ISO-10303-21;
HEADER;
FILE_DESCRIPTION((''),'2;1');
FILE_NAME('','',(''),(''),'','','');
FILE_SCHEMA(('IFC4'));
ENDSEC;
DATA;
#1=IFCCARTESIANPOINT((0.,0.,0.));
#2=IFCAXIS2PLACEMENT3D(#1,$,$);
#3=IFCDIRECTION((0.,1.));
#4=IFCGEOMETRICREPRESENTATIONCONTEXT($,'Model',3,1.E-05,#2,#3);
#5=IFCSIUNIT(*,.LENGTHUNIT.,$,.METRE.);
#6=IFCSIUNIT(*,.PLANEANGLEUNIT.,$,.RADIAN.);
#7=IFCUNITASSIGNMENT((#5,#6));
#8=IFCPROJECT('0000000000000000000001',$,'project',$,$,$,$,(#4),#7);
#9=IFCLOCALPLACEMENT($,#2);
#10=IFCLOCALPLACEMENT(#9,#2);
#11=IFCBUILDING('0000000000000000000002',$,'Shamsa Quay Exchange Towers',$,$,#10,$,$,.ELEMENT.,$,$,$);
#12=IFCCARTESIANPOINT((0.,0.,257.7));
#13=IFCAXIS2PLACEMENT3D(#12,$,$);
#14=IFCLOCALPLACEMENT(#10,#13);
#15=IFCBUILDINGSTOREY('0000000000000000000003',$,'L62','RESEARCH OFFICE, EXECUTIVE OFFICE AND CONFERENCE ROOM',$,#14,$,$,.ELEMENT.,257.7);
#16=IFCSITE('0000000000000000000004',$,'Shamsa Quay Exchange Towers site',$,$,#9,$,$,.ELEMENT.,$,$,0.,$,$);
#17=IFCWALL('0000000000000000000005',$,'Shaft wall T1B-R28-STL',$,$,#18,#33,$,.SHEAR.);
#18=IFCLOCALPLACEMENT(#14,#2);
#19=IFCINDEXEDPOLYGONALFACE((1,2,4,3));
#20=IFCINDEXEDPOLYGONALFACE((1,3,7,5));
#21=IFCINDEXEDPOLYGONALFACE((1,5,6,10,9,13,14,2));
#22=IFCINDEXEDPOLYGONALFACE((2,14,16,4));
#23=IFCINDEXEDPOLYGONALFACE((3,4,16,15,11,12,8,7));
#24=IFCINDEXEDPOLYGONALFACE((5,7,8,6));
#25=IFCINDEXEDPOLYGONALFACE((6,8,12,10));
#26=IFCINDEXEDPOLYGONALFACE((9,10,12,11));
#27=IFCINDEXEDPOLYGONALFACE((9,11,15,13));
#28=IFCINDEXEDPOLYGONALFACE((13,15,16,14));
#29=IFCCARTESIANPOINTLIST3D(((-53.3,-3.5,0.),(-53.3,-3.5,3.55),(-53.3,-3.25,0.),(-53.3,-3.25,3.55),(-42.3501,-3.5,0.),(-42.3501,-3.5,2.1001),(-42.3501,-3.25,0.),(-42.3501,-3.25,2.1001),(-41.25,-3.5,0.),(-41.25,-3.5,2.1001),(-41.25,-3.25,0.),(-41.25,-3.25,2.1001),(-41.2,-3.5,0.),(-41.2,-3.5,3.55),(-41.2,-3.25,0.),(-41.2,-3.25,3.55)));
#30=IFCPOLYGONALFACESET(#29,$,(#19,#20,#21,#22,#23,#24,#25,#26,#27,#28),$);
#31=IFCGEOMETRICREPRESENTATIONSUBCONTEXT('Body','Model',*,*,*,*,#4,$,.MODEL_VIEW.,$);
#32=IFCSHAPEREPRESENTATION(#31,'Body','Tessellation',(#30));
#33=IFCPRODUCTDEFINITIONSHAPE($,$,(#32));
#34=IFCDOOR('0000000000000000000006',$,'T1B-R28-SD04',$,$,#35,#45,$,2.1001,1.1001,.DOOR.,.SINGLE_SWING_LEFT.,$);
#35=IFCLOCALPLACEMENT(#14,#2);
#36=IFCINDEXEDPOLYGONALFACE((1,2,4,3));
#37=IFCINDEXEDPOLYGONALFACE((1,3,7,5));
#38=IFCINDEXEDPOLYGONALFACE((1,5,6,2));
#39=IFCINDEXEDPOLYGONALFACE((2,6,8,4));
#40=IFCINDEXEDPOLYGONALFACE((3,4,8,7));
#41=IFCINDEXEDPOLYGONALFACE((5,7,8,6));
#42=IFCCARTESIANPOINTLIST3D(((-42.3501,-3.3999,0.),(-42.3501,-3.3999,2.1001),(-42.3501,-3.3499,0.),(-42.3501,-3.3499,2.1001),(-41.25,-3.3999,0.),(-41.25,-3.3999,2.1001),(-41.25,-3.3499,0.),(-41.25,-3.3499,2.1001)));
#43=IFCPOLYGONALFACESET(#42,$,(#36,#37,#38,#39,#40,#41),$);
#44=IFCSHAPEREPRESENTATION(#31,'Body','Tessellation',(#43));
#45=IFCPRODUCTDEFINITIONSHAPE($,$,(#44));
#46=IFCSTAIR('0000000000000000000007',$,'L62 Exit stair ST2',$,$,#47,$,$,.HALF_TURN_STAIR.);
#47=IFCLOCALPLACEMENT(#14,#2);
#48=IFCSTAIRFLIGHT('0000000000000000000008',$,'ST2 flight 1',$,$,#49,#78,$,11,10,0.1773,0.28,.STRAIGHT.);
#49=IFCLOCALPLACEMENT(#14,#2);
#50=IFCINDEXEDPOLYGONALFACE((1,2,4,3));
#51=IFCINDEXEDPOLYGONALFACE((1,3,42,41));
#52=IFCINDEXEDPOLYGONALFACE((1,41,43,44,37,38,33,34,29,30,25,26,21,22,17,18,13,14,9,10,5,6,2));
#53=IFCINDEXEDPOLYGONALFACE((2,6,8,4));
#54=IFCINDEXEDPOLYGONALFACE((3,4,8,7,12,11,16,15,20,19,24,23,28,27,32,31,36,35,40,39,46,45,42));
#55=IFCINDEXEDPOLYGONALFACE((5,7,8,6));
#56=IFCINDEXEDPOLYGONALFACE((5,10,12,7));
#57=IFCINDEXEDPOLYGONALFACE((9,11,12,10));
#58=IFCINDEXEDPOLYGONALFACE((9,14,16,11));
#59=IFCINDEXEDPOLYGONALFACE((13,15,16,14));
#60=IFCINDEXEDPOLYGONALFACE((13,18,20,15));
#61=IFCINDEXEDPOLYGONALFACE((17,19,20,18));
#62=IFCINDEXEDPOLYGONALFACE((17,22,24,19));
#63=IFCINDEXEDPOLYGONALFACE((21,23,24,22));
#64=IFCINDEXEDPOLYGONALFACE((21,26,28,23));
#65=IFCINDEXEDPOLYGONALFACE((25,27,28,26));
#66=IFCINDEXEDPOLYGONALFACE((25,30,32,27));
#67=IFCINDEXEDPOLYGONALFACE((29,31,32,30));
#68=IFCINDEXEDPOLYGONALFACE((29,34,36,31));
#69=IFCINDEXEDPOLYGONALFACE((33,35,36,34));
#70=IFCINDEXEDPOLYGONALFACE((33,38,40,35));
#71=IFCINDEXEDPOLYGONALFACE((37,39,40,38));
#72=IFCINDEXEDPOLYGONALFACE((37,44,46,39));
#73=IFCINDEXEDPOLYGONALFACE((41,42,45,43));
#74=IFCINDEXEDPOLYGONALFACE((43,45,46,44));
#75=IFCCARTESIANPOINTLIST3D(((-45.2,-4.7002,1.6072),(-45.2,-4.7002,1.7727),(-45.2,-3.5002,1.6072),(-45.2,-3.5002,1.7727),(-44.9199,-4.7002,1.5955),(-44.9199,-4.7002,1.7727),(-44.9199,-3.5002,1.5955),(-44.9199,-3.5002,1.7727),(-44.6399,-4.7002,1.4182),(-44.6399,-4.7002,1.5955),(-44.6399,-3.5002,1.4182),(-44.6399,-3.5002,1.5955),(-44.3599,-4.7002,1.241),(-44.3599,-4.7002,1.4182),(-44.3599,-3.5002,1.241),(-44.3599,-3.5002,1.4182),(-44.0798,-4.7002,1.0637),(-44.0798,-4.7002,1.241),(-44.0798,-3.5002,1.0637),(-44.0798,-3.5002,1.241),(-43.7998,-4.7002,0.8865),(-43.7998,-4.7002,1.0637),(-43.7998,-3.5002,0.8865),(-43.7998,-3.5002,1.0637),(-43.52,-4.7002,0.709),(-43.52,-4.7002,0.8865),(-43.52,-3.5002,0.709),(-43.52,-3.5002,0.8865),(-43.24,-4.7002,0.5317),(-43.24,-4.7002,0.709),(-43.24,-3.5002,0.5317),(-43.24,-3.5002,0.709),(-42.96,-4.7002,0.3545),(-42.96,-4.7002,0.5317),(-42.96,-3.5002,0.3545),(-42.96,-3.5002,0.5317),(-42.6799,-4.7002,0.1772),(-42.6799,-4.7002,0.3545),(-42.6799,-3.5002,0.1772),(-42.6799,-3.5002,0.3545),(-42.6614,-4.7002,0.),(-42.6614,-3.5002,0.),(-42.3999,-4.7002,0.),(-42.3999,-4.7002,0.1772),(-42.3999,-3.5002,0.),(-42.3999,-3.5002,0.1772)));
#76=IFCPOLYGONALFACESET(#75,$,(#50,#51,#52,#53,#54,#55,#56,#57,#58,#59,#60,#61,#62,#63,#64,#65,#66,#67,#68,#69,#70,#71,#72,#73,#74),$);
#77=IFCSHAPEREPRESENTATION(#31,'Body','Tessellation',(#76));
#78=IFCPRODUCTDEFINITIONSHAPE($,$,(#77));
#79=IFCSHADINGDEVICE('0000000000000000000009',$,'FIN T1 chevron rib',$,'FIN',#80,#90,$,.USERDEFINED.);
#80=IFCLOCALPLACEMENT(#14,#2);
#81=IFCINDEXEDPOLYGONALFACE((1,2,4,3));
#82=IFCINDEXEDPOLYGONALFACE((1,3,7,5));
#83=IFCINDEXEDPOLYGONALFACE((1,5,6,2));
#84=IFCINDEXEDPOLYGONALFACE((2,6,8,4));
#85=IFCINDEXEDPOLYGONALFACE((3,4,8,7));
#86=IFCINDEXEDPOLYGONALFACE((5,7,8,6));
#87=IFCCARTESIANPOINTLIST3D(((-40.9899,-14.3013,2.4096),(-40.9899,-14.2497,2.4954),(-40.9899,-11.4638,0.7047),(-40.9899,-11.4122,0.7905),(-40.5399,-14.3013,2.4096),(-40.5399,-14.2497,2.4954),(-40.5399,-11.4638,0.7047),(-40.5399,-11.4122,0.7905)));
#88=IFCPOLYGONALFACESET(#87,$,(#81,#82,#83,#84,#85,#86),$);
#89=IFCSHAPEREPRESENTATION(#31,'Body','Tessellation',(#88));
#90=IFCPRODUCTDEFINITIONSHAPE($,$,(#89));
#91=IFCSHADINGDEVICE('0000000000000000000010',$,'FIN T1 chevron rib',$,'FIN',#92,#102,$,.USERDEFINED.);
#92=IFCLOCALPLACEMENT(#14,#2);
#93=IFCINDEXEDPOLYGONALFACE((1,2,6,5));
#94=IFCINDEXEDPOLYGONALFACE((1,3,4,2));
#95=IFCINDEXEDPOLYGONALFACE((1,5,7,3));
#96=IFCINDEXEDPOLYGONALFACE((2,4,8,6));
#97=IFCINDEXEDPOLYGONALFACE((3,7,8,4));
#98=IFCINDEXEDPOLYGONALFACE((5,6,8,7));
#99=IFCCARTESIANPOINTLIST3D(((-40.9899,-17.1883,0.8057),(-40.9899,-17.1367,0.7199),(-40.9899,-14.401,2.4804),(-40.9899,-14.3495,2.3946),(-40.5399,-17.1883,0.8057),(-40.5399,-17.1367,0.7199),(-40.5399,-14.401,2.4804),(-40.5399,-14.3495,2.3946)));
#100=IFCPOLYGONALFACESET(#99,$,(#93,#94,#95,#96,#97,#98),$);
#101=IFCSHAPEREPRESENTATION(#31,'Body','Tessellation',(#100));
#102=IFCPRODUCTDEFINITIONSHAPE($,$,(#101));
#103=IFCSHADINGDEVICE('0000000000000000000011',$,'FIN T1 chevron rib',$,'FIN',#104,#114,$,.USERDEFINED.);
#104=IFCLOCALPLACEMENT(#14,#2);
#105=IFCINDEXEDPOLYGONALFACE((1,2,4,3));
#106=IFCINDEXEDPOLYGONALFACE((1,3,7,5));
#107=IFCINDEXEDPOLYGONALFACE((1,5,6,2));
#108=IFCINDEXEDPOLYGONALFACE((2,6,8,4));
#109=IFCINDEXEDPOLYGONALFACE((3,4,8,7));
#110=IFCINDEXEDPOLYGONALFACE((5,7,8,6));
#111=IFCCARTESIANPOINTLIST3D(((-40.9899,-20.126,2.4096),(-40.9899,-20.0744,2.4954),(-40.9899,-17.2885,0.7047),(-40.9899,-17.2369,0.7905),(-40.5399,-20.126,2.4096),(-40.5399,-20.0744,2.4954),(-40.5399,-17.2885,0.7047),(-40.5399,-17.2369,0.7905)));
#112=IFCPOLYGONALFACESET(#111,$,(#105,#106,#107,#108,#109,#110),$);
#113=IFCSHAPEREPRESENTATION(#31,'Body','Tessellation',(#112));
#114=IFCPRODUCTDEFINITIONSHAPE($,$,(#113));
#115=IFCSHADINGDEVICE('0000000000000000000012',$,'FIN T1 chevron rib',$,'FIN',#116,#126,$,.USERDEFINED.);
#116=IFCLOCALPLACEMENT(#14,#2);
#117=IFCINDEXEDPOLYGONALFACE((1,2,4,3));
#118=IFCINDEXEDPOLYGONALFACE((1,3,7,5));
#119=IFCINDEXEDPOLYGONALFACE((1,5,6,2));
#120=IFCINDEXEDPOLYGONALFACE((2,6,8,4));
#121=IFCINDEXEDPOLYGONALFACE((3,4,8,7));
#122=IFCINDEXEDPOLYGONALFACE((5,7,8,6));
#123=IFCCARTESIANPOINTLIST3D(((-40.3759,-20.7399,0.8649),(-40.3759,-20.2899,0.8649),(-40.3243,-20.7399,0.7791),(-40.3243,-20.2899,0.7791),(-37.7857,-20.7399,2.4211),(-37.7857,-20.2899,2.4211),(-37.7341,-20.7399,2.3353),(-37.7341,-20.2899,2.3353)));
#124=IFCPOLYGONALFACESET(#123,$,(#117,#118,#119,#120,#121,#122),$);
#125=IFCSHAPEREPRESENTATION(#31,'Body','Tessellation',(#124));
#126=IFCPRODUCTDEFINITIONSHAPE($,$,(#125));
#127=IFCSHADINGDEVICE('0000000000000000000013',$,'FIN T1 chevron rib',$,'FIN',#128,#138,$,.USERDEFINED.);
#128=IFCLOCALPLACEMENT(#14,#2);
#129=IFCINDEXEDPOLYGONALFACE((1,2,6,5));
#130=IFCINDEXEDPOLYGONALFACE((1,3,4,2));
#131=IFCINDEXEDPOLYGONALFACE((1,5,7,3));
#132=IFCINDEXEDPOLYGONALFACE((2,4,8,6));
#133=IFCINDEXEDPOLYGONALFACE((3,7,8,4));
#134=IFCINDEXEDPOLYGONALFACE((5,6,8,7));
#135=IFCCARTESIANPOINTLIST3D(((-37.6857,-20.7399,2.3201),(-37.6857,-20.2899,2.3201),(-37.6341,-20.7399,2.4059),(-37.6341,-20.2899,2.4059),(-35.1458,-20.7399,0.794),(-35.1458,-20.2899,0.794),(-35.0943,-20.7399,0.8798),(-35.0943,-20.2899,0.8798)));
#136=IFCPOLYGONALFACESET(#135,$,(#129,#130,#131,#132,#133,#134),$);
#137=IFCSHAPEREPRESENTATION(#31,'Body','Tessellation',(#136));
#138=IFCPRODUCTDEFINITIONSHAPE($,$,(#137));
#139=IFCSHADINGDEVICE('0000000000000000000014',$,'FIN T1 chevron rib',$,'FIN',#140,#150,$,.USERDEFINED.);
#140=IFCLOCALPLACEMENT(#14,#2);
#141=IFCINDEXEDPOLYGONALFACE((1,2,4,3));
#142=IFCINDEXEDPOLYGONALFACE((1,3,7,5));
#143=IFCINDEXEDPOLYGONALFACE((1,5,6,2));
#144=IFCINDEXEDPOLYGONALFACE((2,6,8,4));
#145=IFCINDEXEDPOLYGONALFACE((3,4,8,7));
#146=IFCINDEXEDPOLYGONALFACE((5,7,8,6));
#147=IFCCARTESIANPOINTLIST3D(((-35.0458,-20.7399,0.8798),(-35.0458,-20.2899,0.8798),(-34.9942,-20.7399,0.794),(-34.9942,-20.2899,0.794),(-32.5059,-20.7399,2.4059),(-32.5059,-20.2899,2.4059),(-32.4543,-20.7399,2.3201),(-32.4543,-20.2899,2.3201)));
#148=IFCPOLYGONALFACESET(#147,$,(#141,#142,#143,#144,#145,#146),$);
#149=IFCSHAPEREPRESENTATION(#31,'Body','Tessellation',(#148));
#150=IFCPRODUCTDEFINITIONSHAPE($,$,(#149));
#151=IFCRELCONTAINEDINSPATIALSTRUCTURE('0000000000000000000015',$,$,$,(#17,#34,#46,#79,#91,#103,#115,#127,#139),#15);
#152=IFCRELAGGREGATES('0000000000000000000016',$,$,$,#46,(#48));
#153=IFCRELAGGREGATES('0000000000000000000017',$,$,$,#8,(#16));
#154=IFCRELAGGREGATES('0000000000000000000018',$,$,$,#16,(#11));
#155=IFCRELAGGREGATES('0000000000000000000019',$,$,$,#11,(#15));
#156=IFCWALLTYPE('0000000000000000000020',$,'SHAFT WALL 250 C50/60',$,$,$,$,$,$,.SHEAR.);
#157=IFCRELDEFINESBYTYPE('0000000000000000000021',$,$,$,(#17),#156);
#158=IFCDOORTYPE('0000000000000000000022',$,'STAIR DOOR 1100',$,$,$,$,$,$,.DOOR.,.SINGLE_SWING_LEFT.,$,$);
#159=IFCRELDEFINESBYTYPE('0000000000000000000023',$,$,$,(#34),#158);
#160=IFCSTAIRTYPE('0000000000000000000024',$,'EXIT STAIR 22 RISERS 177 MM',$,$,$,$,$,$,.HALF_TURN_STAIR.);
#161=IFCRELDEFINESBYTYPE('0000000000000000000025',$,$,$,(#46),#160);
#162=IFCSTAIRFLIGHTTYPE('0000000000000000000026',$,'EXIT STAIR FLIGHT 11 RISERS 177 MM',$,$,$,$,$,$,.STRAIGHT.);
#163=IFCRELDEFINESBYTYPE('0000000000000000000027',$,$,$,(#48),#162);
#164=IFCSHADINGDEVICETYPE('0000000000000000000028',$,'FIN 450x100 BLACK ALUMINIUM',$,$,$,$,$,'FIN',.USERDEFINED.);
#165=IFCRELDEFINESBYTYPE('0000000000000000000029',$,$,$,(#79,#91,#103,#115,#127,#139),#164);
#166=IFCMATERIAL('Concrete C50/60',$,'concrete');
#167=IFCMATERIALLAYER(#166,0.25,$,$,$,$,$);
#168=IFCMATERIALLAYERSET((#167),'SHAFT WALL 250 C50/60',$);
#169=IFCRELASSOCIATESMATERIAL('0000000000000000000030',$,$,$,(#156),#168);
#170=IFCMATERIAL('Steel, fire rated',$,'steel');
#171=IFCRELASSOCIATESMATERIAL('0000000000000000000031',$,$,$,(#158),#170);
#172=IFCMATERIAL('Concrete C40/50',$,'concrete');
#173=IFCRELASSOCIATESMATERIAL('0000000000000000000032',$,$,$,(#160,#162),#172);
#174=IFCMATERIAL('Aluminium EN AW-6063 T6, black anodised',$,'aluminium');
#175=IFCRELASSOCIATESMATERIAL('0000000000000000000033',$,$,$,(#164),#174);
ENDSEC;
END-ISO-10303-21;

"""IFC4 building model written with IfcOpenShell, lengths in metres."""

from ifc_helpers import new_model, si_unit, direction, frame, frame_2d, origin, origin_2d, place, context, subcontext, project, spatial, polyline, rectangle, outline, extrude, material, layer, layer_set, material_profile, profile_set, type_object, element, fill, aggregate, save


model = new_model("IFC4")

# Units and contexts
model_context = context("Model", 3, precision=1e-05, world=origin(), true_north=direction((0.0, 1.0)))
body_context = subcontext(model_context, "Body", "Model", "MODEL_VIEW")
ifc_project = project(units=[si_unit("LENGTHUNIT", "METRE"), si_unit("PLANEANGLEUNIT", "RADIAN")], contexts=[model_context])

# Site, building, storey
site_placement = place(None, origin())
site = spatial("IfcSite", under=ifc_project, at=site_placement, Name="Shamsa Quay Exchange Towers site", CompositionType="ELEMENT", RefElevation=0.0)
building_placement = place(site_placement, origin())
building = spatial("IfcBuilding", under=site, at=building_placement, Name="Shamsa Quay Exchange Towers", CompositionType="ELEMENT")
storey_placement = place(building_placement, frame((0.0, 0.0, 257.7)))
storey = spatial("IfcBuildingStorey", under=building, at=storey_placement, Name="L62", Description="RESEARCH OFFICE, EXECUTIVE OFFICE AND CONFERENCE ROOM", CompositionType="ELEMENT", Elevation=257.7)

# Shared definitions
ifc_material_1 = material(Name="Aluminium EN AW-6063 T6, black anodised", Category="aluminium")

# Shared definitions
ifc_material_2 = material(Name="Steel, fire rated", Category="steel")

# Wall, opening, door
ifc_material_3 = material(Name="Concrete C50/60", Category="concrete")
ifc_layer_1 = layer(ifc_material_3, 0.25)
ifc_layer_set_1 = layer_set([ifc_layer_1], Name="SHAFT WALL 250 C50/60")
wall_type_1 = type_object("IfcWallType", Name="SHAFT WALL 250 C50/60", PredefinedType="SHEAR", material=ifc_layer_set_1)
wall_1_placement = place(storey_placement, frame((-41.2, -3.375, 0.0), z_axis=(0.0, 0.0, 1.0), x_axis=(-1.0, 0.0, 0.0)))
wall_1 = element("IfcWall", 1, at=wall_1_placement, inside=storey, type_object=wall_type_1, Name="Shaft wall T1B-R28-STL", PredefinedType="SHEAR", context=body_context, shape_type="SweptSolid", body=[
    extrude(rectangle(XDim=12.1001, YDim=0.25, at=frame_2d((6.05, 0.0))), origin(), (0.0, 0.0, 1.0), 3.55),
])
opening_1_placement = place(wall_1_placement, frame((0.05, 0.0, 0.0)))
opening_1 = element("IfcOpeningElement", 2, at=opening_1_placement, cuts=wall_1, PredefinedType="OPENING", context=body_context, shape_type="SweptSolid", body=[
    extrude(rectangle(XDim=1.1001, YDim=2.1001, at=frame_2d((0.55, 1.05))), frame((0.0, 0.135, 0.0), z_axis=(0.0, -1.0, 0.0), x_axis=(1.0, 0.0, 0.0)), (0.0, 0.0, 1.0), 0.27),
])
door_type_1 = type_object("IfcDoorType", Name="STAIR DOOR 1100", OperationType="SINGLE_SWING_LEFT", PredefinedType="DOOR", material=ifc_material_2)
door_1_placement = place(opening_1_placement, origin())
door_1 = element("IfcDoor", 3, at=door_1_placement, inside=storey, type_object=door_type_1, Name="T1B-R28-SD04", OperationType="SINGLE_SWING_LEFT", OverallHeight=2.1001, OverallWidth=1.1001, PredefinedType="DOOR", context=body_context, shape_type="SweptSolid", body=[
    extrude(rectangle(XDim=1.1001, YDim=2.1001, at=frame_2d((0.55, 1.05))), frame((0.0, 0.0249, 0.0), z_axis=(0.0, -1.0, 0.0), x_axis=(1.0, 0.0, 0.0)), (0.0, 0.0, 1.0), 0.05),
])
fill(opening_1, door_1)

# Stair, stair flight
ifc_material_4 = material(Name="Concrete C40/50", Category="concrete")
stair_type = type_object("IfcStairType", Name="EXIT STAIR 22 RISERS 177 MM", PredefinedType="HALF_TURN_STAIR", material=ifc_material_4)
stair_placement = place(storey_placement, origin())
stair = element("IfcStair", 4, at=stair_placement, inside=storey, type_object=stair_type, Name="L62 Exit stair ST2", PredefinedType="HALF_TURN_STAIR")
stair_flight_type = type_object("IfcStairFlightType", Name="EXIT STAIR FLIGHT 11 RISERS 177 MM", PredefinedType="STRAIGHT", material=ifc_material_4)
stair_flight_placement = place(storey_placement, frame((-42.3999, -4.1001, 0.0), z_axis=(0.0, 0.0, 1.0), x_axis=(-1.0, 0.0, 0.0)))
stair_flight = element("IfcStairFlight", 5, at=stair_flight_placement, type_object=stair_flight_type, Name="ST2 flight 1", NumberOfRisers=11, NumberOfTreads=10, PredefinedType="STRAIGHT", RiserHeight=0.1773, TreadLength=0.28, context=body_context, shape_type="SweptSolid", body=[
    extrude(outline(polyline([(0.0, 0.0), (0.0, 0.1772), (0.28, 0.1772), (0.28, 0.3545), (0.5601, 0.3545), (0.5601, 0.5317), (0.8401, 0.5317), (0.8401, 0.709), (1.1201, 0.709), (1.1201, 0.8865), (1.3999, 0.8865), (1.3999, 1.0637), (1.6799, 1.0637), (1.6799, 1.241), (1.96, 1.241), (1.96, 1.4182), (2.24, 1.4182), (2.24, 1.5955), (2.52, 1.5955), (2.52, 1.7727), (2.8, 1.7727), (2.8, 1.95), (2.8, 1.6072), (0.2615, 0.0), (0.0, 0.0)])), frame((0.0, 0.6001, 0.0), z_axis=(0.0, -1.0, 0.0), x_axis=(1.0, 0.0, 0.0)), (0.0, 0.0, 1.0), 1.2),
])
aggregate(stair, [stair_flight])

# Shading devices
ifc_material_profile_1 = material_profile(ifc_material_1, rectangle(XDim=0.45, YDim=0.1001, at=origin_2d()), Name="FIN450x100")
ifc_profile_set_1 = profile_set([ifc_material_profile_1], Name="Aluminium EN AW-6063 T6, black anodised")
shading_device_type = type_object("IfcShadingDeviceType", Name="FIN 450x100 BLACK ALUMINIUM", ElementType="FIN", PredefinedType="USERDEFINED", material=ifc_profile_set_1)
shading_device_1_placement = place(storey_placement, frame((-40.7649, -11.438, 0.7476), z_axis=(0.0, -0.857174, 0.515027), x_axis=(1.0, 0.0, 0.0)))
element("IfcShadingDevice", 6, at=shading_device_1_placement, inside=storey, type_object=shading_device_type, Name="FIN T1 chevron rib", ObjectType="FIN", PredefinedType="USERDEFINED", context=body_context, shape_type="SweptSolid", body=[
    extrude(rectangle(XDim=0.45, YDim=0.1001, at=origin_2d()), origin(), (0.0, 0.0, 1.0), 3.3103),
])
shading_device_2_placement = place(storey_placement, frame((-40.7649, -14.3752, 2.4375), z_axis=(0.0, -0.857168, -0.515037), x_axis=(1.0, 0.0, 0.0)))
element("IfcShadingDevice", 7, at=shading_device_2_placement, inside=storey, type_object=shading_device_type, Name="FIN T1 chevron rib", ObjectType="FIN", PredefinedType="USERDEFINED", context=body_context, shape_type="SweptSolid", body=[
    extrude(rectangle(XDim=0.45, YDim=0.1001, at=origin_2d()), origin(), (0.0, 0.0, 1.0), 3.2517),
])
shading_device_3_placement = place(storey_placement, frame((-40.7649, -17.2627, 0.7476), z_axis=(0.0, -0.857174, 0.515027), x_axis=(1.0, 0.0, 0.0)))
element("IfcShadingDevice", 8, at=shading_device_3_placement, inside=storey, type_object=shading_device_type, Name="FIN T1 chevron rib", ObjectType="FIN", PredefinedType="USERDEFINED", context=body_context, shape_type="SweptSolid", body=[
    extrude(rectangle(XDim=0.45, YDim=0.1001, at=origin_2d()), origin(), (0.0, 0.0, 1.0), 3.3103),
])
shading_device_4_placement = place(storey_placement, frame((-40.3501, -20.5149, 0.822), z_axis=(0.857186, 0.0, 0.515007), x_axis=(0.0, 1.0, 0.0)))
element("IfcShadingDevice", 9, at=shading_device_4_placement, inside=storey, type_object=shading_device_type, Name="FIN T1 chevron rib", ObjectType="FIN", PredefinedType="USERDEFINED", context=body_context, shape_type="SweptSolid", body=[
    extrude(rectangle(XDim=0.45, YDim=0.1001, at=origin_2d()), origin(), (0.0, 0.0, 1.0), 3.0217),
])
for number, where, z_axis, x_axis, name in (
    (10, (-37.6599, -20.5149, 2.363), (0.857158, 0.0, -0.515053), (0.0, 1.0, 0.0), "FIN T1 chevron rib"),
    (11, (-35.02, -20.5149, 0.8369), (0.85718, 0.0, 0.515017), (0.0, 1.0, 0.0), "FIN T1 chevron rib"),
):
    element("IfcShadingDevice", number, at=place(storey_placement, frame(where, z_axis=z_axis, x_axis=x_axis)), inside=storey, type_object=shading_device_type, Name=name, ObjectType="FIN", PredefinedType="USERDEFINED", context=body_context, shape_type="SweptSolid", body=[
        extrude(rectangle(XDim=0.45, YDim=0.1001, at=origin_2d()), origin(), (0.0, 0.0, 1.0), 2.9631),
    ])

save(model, "model.ifc")
